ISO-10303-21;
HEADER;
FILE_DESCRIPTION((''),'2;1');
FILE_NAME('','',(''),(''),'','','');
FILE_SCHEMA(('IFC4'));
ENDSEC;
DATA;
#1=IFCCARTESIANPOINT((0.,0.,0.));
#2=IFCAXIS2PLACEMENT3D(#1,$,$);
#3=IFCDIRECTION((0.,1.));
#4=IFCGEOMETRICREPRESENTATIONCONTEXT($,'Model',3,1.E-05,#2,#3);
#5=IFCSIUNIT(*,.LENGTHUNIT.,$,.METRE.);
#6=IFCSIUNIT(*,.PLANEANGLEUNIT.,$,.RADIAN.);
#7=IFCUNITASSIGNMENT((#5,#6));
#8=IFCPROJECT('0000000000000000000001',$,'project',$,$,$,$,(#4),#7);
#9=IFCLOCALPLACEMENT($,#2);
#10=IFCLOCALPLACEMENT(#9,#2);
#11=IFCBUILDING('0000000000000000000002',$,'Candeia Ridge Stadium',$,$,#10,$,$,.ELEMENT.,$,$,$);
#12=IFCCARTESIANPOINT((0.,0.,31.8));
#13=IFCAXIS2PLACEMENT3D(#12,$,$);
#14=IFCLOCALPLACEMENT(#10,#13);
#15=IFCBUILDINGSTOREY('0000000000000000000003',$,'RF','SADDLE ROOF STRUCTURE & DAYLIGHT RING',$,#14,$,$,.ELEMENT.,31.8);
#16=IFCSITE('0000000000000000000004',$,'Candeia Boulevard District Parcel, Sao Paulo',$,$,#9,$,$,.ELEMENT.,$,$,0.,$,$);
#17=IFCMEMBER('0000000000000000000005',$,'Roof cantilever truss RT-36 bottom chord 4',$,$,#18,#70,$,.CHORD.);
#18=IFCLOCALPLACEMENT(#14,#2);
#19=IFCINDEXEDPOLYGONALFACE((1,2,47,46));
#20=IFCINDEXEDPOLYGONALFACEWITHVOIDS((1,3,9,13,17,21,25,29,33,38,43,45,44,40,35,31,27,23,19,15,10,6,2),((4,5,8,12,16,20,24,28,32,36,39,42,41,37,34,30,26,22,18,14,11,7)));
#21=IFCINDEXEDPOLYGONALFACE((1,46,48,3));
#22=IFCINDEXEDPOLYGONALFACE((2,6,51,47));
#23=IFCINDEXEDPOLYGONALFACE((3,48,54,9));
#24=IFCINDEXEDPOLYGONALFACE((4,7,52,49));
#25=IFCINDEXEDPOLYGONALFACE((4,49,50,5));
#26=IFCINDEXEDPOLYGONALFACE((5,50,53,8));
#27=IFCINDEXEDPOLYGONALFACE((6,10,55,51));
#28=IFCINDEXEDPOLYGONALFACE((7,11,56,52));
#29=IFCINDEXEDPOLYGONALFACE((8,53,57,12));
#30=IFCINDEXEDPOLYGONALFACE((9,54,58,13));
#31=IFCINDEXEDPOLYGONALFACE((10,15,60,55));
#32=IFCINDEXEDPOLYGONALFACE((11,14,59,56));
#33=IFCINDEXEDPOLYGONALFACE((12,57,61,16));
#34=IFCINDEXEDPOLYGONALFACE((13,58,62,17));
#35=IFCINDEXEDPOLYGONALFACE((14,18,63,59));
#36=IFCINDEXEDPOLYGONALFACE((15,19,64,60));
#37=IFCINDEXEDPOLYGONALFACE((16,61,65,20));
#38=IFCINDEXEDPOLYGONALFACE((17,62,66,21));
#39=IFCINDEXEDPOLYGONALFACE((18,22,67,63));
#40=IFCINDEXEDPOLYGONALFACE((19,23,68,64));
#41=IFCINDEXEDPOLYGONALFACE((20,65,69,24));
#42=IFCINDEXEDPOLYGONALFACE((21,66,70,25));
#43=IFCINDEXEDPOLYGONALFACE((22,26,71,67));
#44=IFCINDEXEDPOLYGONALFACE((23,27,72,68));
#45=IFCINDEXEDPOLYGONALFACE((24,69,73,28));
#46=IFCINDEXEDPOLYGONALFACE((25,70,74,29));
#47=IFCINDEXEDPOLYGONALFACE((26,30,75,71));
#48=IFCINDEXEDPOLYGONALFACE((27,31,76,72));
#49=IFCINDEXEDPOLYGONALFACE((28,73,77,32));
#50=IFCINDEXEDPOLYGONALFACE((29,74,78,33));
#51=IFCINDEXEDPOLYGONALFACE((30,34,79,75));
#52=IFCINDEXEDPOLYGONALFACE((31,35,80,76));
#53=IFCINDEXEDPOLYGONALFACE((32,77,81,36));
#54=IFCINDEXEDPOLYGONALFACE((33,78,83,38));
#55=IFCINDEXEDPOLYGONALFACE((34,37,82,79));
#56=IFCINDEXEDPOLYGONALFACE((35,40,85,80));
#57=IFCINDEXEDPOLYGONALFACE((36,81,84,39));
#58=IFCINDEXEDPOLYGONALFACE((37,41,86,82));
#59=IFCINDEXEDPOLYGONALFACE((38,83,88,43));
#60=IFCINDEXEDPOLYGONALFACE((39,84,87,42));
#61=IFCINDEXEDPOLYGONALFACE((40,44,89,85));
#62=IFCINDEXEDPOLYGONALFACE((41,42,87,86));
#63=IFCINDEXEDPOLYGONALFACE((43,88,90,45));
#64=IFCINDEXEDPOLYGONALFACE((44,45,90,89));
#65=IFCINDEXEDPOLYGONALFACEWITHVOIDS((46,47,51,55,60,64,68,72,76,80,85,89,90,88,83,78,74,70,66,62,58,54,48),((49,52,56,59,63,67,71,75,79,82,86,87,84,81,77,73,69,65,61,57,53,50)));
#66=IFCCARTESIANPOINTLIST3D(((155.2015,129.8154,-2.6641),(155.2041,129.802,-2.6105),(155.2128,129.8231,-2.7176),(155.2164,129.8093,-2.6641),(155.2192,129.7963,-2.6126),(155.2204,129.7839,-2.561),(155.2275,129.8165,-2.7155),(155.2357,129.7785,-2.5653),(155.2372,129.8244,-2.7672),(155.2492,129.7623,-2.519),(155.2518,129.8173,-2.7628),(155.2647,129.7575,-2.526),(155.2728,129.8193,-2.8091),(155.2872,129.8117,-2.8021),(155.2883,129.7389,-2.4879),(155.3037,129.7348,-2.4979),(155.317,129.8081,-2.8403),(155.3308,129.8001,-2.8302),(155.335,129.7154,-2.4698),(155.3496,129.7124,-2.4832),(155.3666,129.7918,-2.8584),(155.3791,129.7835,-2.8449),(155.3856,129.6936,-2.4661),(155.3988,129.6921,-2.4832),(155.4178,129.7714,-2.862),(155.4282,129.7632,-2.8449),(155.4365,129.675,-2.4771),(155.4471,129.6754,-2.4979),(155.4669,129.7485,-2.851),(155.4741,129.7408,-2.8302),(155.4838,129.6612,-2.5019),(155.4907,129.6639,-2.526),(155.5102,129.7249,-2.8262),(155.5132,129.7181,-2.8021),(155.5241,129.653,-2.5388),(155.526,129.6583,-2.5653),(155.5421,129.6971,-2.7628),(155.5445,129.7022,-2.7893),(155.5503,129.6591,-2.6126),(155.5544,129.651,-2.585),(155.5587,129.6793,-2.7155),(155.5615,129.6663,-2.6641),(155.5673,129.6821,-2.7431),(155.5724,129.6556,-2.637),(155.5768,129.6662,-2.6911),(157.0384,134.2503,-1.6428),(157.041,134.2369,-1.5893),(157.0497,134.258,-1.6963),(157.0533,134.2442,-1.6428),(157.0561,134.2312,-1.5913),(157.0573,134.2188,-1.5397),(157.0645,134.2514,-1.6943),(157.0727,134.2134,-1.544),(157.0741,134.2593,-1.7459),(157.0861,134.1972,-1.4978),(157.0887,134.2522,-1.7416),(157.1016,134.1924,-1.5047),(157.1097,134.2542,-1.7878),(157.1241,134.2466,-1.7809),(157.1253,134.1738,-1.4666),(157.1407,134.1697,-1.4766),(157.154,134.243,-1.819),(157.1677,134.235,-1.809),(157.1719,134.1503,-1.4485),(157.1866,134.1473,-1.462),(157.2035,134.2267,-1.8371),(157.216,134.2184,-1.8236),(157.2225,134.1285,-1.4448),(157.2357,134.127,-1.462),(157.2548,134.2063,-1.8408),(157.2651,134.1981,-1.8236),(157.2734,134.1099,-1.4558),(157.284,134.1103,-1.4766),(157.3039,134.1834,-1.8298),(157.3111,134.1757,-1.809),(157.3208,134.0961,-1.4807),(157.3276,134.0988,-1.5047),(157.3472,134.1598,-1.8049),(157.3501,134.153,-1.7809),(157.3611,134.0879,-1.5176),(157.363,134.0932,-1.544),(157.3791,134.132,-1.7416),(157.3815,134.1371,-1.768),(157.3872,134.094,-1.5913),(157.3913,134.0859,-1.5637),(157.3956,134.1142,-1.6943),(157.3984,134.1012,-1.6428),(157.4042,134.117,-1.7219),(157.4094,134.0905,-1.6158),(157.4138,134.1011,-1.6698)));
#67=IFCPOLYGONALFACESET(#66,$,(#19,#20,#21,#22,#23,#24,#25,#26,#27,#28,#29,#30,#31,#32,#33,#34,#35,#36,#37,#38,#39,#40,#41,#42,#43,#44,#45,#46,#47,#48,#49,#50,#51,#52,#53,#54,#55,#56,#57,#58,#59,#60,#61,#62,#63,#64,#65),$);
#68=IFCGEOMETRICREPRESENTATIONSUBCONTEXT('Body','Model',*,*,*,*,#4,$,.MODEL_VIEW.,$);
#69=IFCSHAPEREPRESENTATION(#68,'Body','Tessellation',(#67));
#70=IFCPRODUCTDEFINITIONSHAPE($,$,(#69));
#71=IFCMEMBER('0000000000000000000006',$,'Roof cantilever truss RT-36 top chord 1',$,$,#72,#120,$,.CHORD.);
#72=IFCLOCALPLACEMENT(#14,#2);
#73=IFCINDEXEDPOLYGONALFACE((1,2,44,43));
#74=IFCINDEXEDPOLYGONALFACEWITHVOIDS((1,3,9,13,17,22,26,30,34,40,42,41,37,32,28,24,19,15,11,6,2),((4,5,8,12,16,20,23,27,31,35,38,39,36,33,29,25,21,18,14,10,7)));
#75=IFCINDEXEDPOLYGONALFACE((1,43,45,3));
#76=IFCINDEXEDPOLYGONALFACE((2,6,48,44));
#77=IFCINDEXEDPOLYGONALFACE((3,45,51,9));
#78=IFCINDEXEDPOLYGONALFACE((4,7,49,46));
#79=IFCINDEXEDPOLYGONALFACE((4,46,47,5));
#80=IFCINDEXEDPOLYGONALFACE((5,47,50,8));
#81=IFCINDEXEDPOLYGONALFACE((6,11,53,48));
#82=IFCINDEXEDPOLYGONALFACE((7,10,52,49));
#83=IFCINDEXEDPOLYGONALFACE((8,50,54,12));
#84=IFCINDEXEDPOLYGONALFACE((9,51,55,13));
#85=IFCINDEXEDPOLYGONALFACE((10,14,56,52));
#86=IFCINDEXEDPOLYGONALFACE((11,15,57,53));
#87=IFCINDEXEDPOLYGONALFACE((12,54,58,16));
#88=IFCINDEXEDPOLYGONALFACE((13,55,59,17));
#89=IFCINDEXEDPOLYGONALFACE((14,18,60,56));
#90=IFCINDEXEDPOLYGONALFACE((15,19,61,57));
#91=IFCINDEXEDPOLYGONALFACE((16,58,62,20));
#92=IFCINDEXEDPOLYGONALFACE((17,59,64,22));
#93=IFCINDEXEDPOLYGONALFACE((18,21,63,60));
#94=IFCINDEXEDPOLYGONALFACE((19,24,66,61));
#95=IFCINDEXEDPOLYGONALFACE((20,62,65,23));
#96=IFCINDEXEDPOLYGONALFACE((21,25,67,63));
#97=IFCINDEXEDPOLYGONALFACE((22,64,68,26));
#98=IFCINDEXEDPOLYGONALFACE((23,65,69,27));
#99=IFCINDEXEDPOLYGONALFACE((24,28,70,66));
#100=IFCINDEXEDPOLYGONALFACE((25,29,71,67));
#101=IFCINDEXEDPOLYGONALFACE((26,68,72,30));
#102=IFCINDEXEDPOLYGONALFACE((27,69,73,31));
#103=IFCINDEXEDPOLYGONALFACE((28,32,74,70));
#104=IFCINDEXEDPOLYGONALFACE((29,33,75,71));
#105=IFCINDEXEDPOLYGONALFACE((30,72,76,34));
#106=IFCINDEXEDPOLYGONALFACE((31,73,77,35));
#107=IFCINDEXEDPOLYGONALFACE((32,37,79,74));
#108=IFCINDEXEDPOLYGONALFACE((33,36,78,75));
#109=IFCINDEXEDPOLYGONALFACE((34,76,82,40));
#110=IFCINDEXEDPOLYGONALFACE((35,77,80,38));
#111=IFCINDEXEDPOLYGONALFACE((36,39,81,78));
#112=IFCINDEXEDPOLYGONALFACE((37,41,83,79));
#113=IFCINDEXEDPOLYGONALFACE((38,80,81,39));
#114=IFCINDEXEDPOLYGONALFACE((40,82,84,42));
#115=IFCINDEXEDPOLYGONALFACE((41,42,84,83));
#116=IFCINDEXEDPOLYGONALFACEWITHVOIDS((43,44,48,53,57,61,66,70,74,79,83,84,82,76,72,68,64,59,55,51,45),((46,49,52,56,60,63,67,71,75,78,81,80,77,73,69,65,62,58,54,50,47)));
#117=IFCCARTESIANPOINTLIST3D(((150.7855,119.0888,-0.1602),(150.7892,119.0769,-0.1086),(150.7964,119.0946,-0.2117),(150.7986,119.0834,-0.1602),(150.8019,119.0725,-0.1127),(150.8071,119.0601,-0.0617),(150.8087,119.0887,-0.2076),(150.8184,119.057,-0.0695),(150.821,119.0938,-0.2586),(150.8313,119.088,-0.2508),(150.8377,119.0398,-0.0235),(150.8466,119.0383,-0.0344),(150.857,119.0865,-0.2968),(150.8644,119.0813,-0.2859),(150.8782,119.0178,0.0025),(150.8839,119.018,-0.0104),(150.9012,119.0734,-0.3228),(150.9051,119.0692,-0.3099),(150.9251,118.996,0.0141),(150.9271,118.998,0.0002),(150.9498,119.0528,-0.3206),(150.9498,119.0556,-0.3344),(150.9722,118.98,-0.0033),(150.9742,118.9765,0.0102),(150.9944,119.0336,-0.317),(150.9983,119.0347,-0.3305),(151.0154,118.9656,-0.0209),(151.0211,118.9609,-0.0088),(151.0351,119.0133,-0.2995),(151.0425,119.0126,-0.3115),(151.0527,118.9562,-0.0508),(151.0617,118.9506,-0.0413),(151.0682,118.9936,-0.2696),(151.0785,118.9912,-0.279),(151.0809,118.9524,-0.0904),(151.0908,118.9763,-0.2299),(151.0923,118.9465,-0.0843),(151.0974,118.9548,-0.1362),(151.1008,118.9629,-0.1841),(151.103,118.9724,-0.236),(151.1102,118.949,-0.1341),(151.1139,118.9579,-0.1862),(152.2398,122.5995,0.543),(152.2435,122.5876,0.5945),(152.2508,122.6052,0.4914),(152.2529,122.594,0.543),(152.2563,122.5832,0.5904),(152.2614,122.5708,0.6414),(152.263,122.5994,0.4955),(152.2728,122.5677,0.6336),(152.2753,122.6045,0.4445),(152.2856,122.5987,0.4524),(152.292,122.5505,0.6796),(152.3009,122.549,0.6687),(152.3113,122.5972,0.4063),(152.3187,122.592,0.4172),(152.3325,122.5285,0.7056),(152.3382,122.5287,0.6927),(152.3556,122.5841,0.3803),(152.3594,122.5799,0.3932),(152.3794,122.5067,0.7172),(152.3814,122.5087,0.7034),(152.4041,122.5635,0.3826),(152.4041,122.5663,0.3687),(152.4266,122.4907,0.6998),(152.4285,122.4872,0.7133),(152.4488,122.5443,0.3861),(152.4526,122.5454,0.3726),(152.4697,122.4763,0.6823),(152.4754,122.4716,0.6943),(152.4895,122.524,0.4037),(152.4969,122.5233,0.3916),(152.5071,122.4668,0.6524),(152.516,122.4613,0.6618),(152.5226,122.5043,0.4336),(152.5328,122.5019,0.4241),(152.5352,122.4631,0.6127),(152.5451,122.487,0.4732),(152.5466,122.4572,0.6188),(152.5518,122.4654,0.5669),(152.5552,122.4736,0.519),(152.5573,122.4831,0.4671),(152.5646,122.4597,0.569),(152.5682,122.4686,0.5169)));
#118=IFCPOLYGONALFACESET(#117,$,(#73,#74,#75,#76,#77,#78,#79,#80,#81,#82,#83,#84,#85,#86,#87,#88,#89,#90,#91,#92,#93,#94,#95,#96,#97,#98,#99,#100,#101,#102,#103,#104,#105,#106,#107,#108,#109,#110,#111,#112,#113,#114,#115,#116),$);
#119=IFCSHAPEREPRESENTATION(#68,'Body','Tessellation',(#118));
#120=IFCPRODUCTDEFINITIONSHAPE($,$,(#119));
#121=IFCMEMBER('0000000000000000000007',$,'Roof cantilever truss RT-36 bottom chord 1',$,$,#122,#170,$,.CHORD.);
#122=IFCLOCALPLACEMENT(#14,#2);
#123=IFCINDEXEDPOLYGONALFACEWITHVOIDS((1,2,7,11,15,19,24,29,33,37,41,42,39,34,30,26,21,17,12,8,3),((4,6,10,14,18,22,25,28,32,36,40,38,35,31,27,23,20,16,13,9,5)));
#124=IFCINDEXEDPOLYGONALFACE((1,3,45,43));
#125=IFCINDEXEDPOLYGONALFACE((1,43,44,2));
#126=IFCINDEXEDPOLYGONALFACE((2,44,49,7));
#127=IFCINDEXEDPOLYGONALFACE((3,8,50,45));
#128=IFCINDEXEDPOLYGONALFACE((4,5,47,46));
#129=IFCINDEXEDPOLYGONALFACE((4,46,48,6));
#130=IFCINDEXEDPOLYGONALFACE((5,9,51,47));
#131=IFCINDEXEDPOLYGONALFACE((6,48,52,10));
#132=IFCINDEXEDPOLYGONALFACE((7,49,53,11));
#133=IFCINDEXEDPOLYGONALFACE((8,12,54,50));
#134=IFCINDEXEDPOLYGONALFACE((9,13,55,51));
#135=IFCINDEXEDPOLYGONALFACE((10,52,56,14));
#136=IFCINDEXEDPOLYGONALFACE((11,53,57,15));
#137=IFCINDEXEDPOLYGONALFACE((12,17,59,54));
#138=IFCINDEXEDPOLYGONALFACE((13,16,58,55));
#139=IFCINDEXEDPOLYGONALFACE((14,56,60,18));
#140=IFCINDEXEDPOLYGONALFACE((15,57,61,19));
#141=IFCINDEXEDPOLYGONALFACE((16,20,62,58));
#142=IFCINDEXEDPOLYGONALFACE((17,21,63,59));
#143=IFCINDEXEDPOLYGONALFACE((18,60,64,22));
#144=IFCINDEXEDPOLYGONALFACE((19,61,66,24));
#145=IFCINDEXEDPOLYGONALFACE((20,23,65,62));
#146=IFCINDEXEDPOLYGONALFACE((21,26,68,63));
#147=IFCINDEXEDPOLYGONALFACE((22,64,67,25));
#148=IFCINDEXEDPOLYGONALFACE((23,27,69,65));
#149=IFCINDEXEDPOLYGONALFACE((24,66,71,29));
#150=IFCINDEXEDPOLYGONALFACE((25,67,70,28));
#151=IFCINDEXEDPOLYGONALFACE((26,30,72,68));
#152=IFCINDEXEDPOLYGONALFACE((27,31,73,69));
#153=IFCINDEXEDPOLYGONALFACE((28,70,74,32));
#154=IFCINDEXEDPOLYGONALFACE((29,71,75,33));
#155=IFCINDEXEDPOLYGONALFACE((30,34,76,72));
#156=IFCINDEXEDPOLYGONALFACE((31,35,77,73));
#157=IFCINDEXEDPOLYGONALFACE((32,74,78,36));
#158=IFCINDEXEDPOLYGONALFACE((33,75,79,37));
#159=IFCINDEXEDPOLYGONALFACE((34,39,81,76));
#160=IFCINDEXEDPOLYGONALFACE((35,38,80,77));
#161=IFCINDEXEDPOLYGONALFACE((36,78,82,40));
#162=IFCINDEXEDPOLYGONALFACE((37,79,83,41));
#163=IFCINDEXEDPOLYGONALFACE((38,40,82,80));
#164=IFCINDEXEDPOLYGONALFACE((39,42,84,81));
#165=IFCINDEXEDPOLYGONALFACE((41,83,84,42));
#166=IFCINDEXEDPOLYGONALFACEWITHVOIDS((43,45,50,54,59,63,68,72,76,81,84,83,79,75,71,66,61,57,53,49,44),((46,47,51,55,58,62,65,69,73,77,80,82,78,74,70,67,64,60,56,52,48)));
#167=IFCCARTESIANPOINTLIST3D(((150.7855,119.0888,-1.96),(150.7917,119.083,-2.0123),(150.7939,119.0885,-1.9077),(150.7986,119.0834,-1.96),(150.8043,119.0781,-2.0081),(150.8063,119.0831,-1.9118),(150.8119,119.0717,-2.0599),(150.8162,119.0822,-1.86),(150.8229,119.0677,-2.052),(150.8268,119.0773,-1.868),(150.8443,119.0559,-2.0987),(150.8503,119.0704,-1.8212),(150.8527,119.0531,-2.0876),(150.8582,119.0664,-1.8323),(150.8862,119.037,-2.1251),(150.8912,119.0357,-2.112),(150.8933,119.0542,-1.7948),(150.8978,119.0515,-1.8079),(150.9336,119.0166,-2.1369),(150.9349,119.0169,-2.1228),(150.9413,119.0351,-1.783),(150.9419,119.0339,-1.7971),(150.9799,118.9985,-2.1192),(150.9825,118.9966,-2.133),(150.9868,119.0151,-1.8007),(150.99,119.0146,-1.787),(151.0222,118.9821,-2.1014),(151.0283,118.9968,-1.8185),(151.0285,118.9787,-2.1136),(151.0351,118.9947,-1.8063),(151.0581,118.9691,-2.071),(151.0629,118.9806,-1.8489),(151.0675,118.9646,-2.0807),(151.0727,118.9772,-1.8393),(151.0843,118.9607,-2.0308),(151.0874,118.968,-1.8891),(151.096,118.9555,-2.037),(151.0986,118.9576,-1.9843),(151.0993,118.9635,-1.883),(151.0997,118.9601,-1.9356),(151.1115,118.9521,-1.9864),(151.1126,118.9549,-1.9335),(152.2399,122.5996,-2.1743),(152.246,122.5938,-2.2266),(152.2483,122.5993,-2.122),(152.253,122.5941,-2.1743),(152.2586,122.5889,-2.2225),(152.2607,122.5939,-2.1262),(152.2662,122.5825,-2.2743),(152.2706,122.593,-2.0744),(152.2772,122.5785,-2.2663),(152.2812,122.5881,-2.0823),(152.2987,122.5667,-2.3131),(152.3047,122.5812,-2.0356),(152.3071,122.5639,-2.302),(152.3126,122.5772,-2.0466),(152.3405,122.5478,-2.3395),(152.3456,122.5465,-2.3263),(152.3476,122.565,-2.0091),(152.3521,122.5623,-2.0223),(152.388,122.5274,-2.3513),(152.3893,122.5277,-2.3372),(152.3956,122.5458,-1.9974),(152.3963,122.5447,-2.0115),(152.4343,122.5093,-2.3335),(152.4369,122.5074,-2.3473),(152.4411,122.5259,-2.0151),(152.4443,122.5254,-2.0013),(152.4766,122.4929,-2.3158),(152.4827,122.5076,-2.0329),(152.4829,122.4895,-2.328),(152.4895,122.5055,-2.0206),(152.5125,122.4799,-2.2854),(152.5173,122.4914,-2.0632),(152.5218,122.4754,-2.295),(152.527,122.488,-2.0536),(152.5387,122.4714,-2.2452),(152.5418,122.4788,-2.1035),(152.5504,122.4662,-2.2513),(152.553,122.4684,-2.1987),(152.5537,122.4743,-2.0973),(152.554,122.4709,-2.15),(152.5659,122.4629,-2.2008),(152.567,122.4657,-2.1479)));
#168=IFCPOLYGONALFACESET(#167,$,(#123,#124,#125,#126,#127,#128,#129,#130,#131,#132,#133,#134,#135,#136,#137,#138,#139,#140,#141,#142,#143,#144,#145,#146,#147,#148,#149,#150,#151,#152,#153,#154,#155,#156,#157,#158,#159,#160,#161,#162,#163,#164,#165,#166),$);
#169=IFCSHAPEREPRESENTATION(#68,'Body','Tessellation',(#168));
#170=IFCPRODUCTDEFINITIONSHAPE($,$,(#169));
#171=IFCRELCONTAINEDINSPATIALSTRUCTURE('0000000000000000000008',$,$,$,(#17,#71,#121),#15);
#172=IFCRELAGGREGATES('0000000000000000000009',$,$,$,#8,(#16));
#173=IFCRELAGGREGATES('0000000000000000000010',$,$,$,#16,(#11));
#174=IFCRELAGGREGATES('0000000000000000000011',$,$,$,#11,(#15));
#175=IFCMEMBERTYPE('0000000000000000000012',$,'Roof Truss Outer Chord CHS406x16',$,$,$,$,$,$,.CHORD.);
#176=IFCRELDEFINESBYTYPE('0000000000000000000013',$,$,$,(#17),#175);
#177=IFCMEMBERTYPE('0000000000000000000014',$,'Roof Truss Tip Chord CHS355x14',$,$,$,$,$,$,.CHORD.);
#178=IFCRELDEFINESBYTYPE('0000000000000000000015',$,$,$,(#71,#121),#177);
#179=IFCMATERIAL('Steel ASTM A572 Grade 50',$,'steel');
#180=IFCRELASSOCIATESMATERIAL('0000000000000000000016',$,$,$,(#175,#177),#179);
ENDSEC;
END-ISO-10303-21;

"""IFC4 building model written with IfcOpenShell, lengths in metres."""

from ifc_helpers import new_model, si_unit, direction, frame, origin, origin_2d, place, context, subcontext, project, spatial, hollow_circle, extrude, material, material_profile, profile_set, type_object, element, save


model = new_model("IFC4")

# Units and contexts
model_context = context("Model", 3, precision=1e-05, world=origin(), true_north=direction((0.0, 1.0)))
body_context = subcontext(model_context, "Body", "Model", "MODEL_VIEW")
ifc_project = project(units=[si_unit("LENGTHUNIT", "METRE"), si_unit("PLANEANGLEUNIT", "RADIAN")], contexts=[model_context])

# Site, building, storey
site_placement = place(None, origin())
site = spatial("IfcSite", under=ifc_project, at=site_placement, Name="Candeia Boulevard District Parcel, Sao Paulo", CompositionType="ELEMENT", RefElevation=0.0)
building_placement = place(site_placement, origin())
building = spatial("IfcBuilding", under=site, at=building_placement, Name="Candeia Ridge Stadium", CompositionType="ELEMENT")
storey_placement = place(building_placement, frame((0.0, 0.0, 31.8)))
storey = spatial("IfcBuildingStorey", under=building, at=storey_placement, Name="RF", Description="SADDLE ROOF STRUCTURE & DAYLIGHT RING", CompositionType="ELEMENT", Elevation=31.8)

# Shared definitions
ifc_material_1 = material(Name="Steel ASTM A572 Grade 50", Category="steel")

# Members
ifc_material_profile_1 = material_profile(ifc_material_1, hollow_circle(Radius=0.2029, WallThickness=0.0161, at=origin_2d()), Name="CHS406x16", Category="steel")
ifc_profile_set_1 = profile_set([ifc_material_profile_1], Name="Steel ASTM A572 Grade 50")
member_type_1 = type_object("IfcMemberType", Name="Roof Truss Outer Chord CHS406x16", PredefinedType="CHORD", material=ifc_profile_set_1)
member_1_placement = place(storey_placement, frame((155.3889, 129.7378, -2.6641), z_axis=(0.374298, 0.903658, 0.208093), x_axis=(-0.923883, 0.382675, 0.0)))
element("IfcMember", 1, at=member_1_placement, inside=storey, type_object=member_type_1, Name="Roof cantilever truss RT-36 bottom chord 4", PredefinedType="CHORD", context=body_context, shape_type="SweptSolid", body=[
    extrude(hollow_circle(Radius=0.2029, WallThickness=0.0161, at=origin_2d()), origin(), (0.0, 0.0, 1.0), 4.9077),
])
ifc_material_profile_2 = material_profile(ifc_material_1, hollow_circle(Radius=0.1777, WallThickness=0.0142, at=origin_2d()), Name="CHS355x14", Category="steel")
ifc_profile_set_2 = profile_set([ifc_material_profile_2], Name="Steel ASTM A572 Grade 50")
member_type_2 = type_object("IfcMemberType", Name="Roof Truss Tip Chord CHS355x14", PredefinedType="CHORD", material=ifc_profile_set_2)
member_2_placement = place(storey_placement, frame((150.9497, 119.0208, -0.1602), z_axis=(0.376329, 0.908446, 0.181942), x_axis=(-0.923866, 0.382717, 0.0)))
element("IfcMember", 2, at=member_2_placement, inside=storey, type_object=member_type_2, Name="Roof cantilever truss RT-36 top chord 1", PredefinedType="CHORD", context=body_context, shape_type="SweptSolid", body=[
    extrude(hollow_circle(Radius=0.1777, WallThickness=0.0142, at=origin_2d()), origin(), (0.0, 0.0, 1.0), 3.8645),
])
member_3_placement = place(storey_placement, frame((150.9497, 119.0208, -1.96), z_axis=(0.382109, 0.922399, -0.056319), x_axis=(-0.923866, 0.382717, 0.0)))
element("IfcMember", 3, at=member_3_placement, inside=storey, type_object=member_type_2, Name="Roof cantilever truss RT-36 bottom chord 1", PredefinedType="CHORD", context=body_context, shape_type="SweptSolid", body=[
    extrude(hollow_circle(Radius=0.1777, WallThickness=0.0142, at=origin_2d()), origin(), (0.0, 0.0, 1.0), 3.8062),
])

save(model, "model.ifc")
